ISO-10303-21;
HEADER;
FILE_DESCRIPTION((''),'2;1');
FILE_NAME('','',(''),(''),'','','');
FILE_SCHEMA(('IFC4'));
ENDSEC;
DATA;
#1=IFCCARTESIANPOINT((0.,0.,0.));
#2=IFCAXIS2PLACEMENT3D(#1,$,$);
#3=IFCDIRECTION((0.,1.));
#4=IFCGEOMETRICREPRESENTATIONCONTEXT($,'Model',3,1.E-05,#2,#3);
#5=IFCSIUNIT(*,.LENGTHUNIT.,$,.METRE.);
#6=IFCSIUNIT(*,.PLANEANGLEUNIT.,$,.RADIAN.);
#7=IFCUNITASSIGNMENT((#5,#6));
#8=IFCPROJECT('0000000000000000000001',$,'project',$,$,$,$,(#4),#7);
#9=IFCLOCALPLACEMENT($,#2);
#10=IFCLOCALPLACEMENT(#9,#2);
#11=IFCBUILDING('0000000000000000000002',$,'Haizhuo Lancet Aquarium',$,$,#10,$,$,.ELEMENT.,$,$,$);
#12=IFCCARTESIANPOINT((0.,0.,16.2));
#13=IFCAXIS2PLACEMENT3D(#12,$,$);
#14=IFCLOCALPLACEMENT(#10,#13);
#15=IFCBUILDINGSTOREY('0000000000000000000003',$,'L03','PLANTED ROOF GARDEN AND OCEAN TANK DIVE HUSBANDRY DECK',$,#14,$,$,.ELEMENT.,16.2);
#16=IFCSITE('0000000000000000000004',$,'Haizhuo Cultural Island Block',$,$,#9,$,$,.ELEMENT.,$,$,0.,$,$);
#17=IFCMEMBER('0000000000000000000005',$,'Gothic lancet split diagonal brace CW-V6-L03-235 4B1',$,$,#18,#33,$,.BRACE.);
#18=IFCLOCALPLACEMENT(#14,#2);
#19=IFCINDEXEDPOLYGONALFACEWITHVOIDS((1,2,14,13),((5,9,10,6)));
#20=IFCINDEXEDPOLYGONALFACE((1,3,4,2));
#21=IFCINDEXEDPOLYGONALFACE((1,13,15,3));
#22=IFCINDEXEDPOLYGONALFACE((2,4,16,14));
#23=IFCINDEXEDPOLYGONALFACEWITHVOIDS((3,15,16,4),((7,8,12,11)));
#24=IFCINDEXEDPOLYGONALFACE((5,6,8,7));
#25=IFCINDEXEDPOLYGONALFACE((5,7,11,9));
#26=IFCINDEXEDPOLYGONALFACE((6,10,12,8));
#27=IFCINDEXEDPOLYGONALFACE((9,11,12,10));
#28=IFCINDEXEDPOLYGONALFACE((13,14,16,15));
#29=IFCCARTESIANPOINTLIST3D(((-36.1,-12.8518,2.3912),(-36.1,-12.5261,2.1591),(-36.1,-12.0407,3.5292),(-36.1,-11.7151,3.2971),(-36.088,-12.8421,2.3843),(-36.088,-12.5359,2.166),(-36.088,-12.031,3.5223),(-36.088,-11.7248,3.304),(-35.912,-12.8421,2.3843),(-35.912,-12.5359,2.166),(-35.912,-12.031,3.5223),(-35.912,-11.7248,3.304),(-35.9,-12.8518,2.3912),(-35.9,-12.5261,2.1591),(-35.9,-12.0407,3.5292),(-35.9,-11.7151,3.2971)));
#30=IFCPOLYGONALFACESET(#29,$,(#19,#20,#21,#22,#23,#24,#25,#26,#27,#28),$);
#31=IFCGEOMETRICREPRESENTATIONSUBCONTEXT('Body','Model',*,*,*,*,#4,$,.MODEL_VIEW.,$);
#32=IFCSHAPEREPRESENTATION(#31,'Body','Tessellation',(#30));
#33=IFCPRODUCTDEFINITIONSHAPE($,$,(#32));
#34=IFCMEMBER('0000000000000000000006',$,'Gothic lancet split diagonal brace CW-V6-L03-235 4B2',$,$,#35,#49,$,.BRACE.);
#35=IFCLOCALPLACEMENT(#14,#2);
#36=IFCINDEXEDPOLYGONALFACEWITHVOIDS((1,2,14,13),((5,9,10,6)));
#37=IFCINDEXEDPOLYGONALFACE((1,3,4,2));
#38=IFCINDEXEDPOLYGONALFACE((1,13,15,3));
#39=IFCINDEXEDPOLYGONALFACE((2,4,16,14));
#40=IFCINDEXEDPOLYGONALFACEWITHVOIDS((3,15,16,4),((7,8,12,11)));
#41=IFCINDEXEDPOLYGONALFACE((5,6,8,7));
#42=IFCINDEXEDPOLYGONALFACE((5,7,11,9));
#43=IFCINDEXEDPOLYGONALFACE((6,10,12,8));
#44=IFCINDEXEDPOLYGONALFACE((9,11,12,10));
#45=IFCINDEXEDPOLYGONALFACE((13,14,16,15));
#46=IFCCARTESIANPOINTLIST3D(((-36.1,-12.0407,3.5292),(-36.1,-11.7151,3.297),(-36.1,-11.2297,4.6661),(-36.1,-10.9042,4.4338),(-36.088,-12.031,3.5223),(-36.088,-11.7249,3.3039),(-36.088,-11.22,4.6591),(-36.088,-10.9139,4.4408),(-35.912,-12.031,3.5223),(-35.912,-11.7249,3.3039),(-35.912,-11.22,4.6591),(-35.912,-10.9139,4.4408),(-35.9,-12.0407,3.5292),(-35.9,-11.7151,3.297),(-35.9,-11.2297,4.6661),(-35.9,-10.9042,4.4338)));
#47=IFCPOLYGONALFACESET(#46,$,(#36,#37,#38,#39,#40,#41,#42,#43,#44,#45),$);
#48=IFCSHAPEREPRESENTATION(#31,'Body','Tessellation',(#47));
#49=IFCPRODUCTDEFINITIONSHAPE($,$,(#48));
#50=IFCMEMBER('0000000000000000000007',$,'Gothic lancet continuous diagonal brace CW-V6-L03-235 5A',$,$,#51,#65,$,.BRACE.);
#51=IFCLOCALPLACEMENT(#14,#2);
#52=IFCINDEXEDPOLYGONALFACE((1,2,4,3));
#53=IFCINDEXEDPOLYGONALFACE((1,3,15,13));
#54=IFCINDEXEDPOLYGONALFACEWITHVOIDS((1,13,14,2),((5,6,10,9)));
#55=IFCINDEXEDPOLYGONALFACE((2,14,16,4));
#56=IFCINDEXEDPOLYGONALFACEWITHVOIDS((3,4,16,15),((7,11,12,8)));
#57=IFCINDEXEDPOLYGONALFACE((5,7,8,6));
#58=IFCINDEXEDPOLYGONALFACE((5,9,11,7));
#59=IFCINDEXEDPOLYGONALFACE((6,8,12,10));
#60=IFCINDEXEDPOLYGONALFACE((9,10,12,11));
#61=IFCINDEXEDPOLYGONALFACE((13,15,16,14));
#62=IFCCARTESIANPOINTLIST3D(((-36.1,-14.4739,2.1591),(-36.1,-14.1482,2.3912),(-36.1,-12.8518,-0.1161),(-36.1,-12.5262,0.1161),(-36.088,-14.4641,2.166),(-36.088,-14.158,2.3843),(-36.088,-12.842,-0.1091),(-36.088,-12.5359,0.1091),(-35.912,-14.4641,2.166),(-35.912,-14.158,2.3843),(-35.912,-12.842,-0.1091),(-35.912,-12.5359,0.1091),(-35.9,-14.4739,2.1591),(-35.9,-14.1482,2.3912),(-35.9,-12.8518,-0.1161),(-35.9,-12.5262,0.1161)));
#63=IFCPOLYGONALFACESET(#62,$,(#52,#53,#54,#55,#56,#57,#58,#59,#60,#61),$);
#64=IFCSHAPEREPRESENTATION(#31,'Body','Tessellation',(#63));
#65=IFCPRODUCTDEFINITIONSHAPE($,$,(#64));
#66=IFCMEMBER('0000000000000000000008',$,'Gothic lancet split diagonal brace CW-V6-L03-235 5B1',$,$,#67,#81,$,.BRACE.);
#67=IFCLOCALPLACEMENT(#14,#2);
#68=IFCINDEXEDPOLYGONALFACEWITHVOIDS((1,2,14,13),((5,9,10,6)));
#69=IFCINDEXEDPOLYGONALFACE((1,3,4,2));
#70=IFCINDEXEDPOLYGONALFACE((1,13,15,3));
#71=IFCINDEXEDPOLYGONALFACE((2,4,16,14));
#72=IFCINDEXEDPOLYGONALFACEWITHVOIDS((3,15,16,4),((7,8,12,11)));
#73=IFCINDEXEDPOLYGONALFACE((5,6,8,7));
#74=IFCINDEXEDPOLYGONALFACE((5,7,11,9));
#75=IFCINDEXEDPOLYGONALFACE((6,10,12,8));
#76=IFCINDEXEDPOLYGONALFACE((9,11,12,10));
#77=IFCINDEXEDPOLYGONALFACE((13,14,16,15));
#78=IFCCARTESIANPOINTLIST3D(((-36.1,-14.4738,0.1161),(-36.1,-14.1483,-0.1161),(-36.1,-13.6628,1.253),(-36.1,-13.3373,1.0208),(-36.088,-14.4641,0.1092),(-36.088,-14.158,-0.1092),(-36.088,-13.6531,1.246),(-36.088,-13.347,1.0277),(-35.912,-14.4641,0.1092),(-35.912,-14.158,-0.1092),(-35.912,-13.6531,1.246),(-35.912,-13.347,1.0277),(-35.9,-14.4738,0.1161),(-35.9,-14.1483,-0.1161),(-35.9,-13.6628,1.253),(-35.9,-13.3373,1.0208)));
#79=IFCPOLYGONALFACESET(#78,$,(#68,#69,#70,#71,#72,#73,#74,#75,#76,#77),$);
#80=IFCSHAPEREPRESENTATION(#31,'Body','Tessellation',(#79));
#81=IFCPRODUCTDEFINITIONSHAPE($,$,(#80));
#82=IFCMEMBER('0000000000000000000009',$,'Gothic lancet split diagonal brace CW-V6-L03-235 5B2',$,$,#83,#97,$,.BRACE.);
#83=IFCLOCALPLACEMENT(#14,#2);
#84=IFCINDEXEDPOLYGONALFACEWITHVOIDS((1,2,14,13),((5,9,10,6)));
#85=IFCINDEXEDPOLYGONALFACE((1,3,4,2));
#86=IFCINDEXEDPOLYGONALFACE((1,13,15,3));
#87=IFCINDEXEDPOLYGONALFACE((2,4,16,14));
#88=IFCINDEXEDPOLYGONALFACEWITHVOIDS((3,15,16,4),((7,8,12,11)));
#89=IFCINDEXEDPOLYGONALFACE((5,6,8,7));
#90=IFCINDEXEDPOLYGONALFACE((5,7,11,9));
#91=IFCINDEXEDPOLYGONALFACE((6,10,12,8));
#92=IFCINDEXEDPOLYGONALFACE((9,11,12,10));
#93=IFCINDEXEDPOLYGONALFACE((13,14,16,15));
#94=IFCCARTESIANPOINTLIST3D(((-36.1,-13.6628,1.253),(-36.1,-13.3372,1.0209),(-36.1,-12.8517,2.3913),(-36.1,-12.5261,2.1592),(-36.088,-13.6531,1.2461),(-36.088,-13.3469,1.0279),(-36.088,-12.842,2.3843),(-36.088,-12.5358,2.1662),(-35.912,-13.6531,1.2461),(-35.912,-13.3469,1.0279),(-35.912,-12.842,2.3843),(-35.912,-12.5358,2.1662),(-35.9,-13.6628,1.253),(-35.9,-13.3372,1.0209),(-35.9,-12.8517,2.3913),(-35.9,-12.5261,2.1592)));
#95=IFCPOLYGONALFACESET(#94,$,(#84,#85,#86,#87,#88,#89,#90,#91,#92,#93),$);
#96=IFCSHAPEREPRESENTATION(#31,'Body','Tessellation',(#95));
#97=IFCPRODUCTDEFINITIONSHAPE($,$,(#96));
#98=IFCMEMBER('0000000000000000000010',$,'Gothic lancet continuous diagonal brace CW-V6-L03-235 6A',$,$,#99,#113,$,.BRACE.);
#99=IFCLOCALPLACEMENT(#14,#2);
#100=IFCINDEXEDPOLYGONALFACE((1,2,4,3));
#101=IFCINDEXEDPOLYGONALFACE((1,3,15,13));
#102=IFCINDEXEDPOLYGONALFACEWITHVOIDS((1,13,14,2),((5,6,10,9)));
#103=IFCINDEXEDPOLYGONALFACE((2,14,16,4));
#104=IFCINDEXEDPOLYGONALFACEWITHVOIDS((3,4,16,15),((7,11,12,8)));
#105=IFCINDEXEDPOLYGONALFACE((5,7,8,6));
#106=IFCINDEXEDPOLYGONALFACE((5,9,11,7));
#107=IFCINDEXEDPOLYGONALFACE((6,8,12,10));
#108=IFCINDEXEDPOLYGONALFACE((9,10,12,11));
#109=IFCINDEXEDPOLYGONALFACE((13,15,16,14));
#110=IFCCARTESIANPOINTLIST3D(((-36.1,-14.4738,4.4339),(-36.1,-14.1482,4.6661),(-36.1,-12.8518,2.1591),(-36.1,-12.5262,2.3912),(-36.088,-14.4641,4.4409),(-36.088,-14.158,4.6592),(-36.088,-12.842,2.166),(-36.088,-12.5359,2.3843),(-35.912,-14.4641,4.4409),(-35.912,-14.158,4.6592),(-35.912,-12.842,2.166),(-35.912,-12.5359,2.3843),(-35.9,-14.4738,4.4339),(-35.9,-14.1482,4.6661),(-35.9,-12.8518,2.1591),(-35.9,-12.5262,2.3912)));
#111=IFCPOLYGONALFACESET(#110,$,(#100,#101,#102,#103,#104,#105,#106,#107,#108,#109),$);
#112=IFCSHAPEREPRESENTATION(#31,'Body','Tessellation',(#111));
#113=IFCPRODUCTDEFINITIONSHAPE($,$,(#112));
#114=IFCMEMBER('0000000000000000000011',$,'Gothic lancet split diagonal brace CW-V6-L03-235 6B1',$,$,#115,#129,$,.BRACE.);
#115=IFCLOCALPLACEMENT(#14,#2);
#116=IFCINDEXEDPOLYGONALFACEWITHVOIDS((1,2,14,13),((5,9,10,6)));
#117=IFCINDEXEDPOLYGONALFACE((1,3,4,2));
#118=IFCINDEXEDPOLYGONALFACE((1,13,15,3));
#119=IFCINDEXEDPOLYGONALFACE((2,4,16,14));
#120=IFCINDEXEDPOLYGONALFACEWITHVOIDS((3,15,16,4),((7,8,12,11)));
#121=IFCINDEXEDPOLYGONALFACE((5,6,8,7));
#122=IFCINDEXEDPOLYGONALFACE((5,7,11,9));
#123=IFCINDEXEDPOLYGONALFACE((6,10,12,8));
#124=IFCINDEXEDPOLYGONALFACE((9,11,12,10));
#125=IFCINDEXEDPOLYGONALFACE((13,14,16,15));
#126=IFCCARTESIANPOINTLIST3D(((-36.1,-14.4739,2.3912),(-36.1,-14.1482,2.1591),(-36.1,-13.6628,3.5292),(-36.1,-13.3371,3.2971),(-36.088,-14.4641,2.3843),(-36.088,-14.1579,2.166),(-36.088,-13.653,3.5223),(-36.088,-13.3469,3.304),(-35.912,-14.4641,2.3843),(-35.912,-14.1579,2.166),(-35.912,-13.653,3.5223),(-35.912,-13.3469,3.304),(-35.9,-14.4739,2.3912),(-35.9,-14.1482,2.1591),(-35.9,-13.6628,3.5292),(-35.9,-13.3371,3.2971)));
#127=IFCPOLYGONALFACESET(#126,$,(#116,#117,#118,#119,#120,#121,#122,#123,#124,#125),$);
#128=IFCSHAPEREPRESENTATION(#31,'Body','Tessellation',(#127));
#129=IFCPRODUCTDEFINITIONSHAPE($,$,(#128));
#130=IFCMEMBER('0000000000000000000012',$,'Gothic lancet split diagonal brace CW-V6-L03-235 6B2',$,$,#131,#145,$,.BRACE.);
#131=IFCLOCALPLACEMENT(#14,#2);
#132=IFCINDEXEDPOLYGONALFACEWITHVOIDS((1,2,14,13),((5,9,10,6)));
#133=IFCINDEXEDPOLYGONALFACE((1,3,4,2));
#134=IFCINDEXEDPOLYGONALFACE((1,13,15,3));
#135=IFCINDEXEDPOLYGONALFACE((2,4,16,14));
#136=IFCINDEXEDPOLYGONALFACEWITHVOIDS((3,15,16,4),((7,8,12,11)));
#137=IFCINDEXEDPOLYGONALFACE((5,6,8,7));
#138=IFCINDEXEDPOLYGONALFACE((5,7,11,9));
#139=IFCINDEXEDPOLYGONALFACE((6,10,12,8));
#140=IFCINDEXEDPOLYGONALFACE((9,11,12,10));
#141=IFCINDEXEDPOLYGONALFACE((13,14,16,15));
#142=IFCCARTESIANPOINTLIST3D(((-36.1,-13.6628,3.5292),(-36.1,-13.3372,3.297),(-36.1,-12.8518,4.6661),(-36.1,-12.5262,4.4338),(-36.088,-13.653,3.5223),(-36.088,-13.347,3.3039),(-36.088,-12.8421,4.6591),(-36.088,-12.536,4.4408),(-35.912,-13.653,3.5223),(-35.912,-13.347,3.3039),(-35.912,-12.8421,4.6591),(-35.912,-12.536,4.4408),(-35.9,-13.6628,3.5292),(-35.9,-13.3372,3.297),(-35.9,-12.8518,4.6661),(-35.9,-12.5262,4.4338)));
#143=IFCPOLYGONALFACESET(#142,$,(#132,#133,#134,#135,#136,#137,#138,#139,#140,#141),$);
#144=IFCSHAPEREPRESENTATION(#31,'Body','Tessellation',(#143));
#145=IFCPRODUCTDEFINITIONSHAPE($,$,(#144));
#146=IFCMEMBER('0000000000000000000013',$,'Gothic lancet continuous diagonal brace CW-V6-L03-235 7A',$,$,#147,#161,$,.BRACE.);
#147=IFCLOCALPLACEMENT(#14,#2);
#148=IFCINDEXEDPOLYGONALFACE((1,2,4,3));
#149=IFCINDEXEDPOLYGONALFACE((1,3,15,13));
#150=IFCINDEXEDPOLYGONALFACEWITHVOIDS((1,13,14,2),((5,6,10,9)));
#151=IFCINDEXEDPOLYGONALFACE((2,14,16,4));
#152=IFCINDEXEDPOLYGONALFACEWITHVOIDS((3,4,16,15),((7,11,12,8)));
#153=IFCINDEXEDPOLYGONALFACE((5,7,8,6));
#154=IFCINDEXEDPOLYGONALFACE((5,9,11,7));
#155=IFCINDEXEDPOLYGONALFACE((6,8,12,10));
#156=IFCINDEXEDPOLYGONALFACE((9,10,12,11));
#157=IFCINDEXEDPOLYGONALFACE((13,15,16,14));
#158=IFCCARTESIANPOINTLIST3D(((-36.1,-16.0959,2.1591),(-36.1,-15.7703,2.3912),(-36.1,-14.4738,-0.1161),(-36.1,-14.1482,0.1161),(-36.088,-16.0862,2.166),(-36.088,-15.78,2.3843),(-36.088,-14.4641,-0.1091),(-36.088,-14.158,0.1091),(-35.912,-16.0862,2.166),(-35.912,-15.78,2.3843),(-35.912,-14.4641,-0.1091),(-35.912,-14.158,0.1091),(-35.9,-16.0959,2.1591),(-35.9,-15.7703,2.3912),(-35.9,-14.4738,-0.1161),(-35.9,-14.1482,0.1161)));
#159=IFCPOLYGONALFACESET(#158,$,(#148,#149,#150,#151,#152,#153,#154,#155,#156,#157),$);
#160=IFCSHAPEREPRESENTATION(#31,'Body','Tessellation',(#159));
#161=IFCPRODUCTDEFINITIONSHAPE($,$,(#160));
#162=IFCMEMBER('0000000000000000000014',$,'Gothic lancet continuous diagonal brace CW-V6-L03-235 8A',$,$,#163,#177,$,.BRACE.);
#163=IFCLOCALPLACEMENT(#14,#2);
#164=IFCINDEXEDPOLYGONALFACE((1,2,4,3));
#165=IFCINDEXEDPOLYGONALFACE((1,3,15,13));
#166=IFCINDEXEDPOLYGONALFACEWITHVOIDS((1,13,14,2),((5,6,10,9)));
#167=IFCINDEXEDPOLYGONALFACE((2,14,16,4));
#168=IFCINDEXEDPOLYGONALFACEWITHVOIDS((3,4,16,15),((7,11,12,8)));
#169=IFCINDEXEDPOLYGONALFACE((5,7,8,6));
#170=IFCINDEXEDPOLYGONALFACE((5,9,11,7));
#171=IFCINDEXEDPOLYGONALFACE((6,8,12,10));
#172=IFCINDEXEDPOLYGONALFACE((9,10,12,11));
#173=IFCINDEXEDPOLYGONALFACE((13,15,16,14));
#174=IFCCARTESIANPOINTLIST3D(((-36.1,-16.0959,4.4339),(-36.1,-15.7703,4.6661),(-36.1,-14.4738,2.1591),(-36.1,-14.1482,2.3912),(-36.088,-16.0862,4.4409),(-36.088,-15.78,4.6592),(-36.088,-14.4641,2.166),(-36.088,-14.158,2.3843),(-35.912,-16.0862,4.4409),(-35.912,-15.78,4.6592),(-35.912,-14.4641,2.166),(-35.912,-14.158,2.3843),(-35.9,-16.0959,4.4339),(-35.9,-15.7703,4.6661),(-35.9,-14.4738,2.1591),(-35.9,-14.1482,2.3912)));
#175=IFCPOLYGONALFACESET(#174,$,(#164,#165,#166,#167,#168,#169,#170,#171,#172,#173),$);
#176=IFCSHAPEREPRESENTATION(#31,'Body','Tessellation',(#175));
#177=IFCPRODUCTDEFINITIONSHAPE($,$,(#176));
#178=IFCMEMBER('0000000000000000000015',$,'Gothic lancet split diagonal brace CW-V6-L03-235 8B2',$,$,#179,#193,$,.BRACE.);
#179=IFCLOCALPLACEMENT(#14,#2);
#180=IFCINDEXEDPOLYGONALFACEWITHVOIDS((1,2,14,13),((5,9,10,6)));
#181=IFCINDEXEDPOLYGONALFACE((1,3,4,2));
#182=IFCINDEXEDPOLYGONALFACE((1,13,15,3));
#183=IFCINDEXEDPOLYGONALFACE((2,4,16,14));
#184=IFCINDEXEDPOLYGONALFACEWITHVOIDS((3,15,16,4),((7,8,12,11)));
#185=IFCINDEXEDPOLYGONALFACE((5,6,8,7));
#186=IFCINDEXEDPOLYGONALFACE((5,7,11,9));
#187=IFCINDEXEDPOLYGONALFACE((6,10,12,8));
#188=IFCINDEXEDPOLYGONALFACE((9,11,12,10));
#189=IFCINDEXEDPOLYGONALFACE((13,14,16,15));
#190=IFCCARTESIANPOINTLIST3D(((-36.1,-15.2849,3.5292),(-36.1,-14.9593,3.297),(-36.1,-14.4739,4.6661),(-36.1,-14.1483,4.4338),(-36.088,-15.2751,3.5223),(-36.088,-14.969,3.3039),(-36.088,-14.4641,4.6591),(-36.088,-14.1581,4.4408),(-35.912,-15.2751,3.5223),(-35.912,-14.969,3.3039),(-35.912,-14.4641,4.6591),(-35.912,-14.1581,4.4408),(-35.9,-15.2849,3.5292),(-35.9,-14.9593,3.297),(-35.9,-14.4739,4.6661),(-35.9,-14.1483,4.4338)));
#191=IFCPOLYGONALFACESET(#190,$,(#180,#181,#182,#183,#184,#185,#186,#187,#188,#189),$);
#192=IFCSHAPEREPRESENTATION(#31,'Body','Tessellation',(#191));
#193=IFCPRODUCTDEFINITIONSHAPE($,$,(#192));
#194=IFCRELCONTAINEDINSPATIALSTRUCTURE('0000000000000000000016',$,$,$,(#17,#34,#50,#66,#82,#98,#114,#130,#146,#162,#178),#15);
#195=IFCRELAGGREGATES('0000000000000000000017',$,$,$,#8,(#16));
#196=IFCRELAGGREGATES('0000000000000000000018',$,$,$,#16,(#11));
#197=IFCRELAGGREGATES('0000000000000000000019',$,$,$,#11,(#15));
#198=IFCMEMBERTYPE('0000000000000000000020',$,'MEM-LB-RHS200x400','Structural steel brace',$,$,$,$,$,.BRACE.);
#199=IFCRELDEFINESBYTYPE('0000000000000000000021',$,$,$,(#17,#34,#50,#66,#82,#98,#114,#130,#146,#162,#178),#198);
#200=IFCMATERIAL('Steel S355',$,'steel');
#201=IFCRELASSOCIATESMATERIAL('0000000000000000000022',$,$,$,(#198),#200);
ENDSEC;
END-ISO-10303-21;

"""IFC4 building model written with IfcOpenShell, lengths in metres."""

from ifc_helpers import new_model, si_unit, direction, frame, origin, origin_2d, place, context, subcontext, project, spatial, hollow_rectangle, extrude, material, material_profile, profile_set, type_object, element, save


model = new_model("IFC4")

# Units and contexts
model_context = context("Model", 3, precision=1e-05, world=origin(), true_north=direction((0.0, 1.0)))
body_context = subcontext(model_context, "Body", "Model", "MODEL_VIEW")
ifc_project = project(units=[si_unit("LENGTHUNIT", "METRE"), si_unit("PLANEANGLEUNIT", "RADIAN")], contexts=[model_context])

# Site, building, storey
site_placement = place(None, origin())
site = spatial("IfcSite", under=ifc_project, at=site_placement, Name="Haizhuo Cultural Island Block", CompositionType="ELEMENT", RefElevation=0.0)
building_placement = place(site_placement, origin())
building = spatial("IfcBuilding", under=site, at=building_placement, Name="Haizhuo Lancet Aquarium", CompositionType="ELEMENT")
storey_placement = place(building_placement, frame((0.0, 0.0, 16.2)))
storey = spatial("IfcBuildingStorey", under=building, at=storey_placement, Name="L03", Description="PLANTED ROOF GARDEN AND OCEAN TANK DIVE HUSBANDRY DECK", CompositionType="ELEMENT", Elevation=16.2)

# Members
ifc_material_1 = material(Name="Steel S355", Category="steel")
ifc_material_profile_1 = material_profile(ifc_material_1, hollow_rectangle(XDim=0.2, YDim=0.3999, WallThickness=0.012, at=origin_2d()), Name="RHS 200x400x12")
ifc_profile_set_1 = profile_set([ifc_material_profile_1], Name="Steel S355")
member_type_1 = type_object("IfcMemberType", Name="MEM-LB-RHS200x400", Description="Structural steel brace", PredefinedType="BRACE", material=ifc_profile_set_1)
member_1_placement = place(storey_placement, frame((-36.0, -12.689, 2.2751), z_axis=(0.0, 0.580395, 0.814335), x_axis=(-1.0, 0.0, 0.0)))
element("IfcMember", 1, at=member_1_placement, inside=storey, type_object=member_type_1, Name="Gothic lancet split diagonal brace CW-V6-L03-235 4B1", PredefinedType="BRACE", context=body_context, shape_type="SweptSolid", body=[
    extrude(hollow_rectangle(XDim=0.2, YDim=0.3999, WallThickness=0.012, at=origin_2d()), origin(), (0.0, 0.0, 1.0), 1.3975),
])
member_2_placement = place(storey_placement, frame((-36.0, -11.8779, 3.4131), z_axis=(0.0, 0.580725, 0.814099), x_axis=(-1.0, 0.0, 0.0)))
element("IfcMember", 2, at=member_2_placement, inside=storey, type_object=member_type_1, Name="Gothic lancet split diagonal brace CW-V6-L03-235 4B2", PredefinedType="BRACE", context=body_context, shape_type="SweptSolid", body=[
    extrude(hollow_rectangle(XDim=0.2, YDim=0.3999, WallThickness=0.012, at=origin_2d()), origin(), (0.0, 0.0, 1.0), 1.3965),
])
member_3_placement = place(storey_placement, frame((-36.0, -12.689, 0.0), z_axis=(0.0, -0.580519, 0.814247), x_axis=(1.0, 0.0, 0.0)))
element("IfcMember", 3, at=member_3_placement, inside=storey, type_object=member_type_1, Name="Gothic lancet continuous diagonal brace CW-V6-L03-235 5A", PredefinedType="BRACE", context=body_context, shape_type="SweptSolid", body=[
    extrude(hollow_rectangle(XDim=0.2, YDim=0.3999, WallThickness=0.012, at=origin_2d()), origin(), (0.0, 0.0, 1.0), 2.7942),
])
member_4_placement = place(storey_placement, frame((-36.0, -14.311, 0.0), z_axis=(0.0, 0.580725, 0.814099), x_axis=(-1.0, 0.0, 0.0)))
element("IfcMember", 4, at=member_4_placement, inside=storey, type_object=member_type_1, Name="Gothic lancet split diagonal brace CW-V6-L03-235 5B1", PredefinedType="BRACE", context=body_context, shape_type="SweptSolid", body=[
    extrude(hollow_rectangle(XDim=0.2, YDim=0.3999, WallThickness=0.012, at=origin_2d()), origin(), (0.0, 0.0, 1.0), 1.3965),
])
member_5_placement = place(storey_placement, frame((-36.0, -13.5, 1.137), z_axis=(0.0, 0.580312, 0.814394), x_axis=(-1.0, 0.0, 0.0)))
element("IfcMember", 5, at=member_5_placement, inside=storey, type_object=member_type_1, Name="Gothic lancet split diagonal brace CW-V6-L03-235 5B2", PredefinedType="BRACE", context=body_context, shape_type="SweptSolid", body=[
    extrude(hollow_rectangle(XDim=0.2, YDim=0.3999, WallThickness=0.012, at=origin_2d()), origin(), (0.0, 0.0, 1.0), 1.3977),
])
member_6_placement = place(storey_placement, frame((-36.0, -12.689, 2.2751), z_axis=(0.0, -0.58056, 0.814217), x_axis=(1.0, 0.0, 0.0)))
element("IfcMember", 6, at=member_6_placement, inside=storey, type_object=member_type_1, Name="Gothic lancet continuous diagonal brace CW-V6-L03-235 6A", PredefinedType="BRACE", context=body_context, shape_type="SweptSolid", body=[
    extrude(hollow_rectangle(XDim=0.2, YDim=0.3999, WallThickness=0.012, at=origin_2d()), origin(), (0.0, 0.0, 1.0), 2.7939),
])
member_7_placement = place(storey_placement, frame((-36.0, -14.311, 2.2751), z_axis=(0.0, 0.580395, 0.814335), x_axis=(-1.0, 0.0, 0.0)))
element("IfcMember", 7, at=member_7_placement, inside=storey, type_object=member_type_1, Name="Gothic lancet split diagonal brace CW-V6-L03-235 6B1", PredefinedType="BRACE", context=body_context, shape_type="SweptSolid", body=[
    extrude(hollow_rectangle(XDim=0.2, YDim=0.3999, WallThickness=0.012, at=origin_2d()), origin(), (0.0, 0.0, 1.0), 1.3975),
])
member_8_placement = place(storey_placement, frame((-36.0, -13.5, 3.4131), z_axis=(0.0, 0.580725, 0.814099), x_axis=(-1.0, 0.0, 0.0)))
element("IfcMember", 8, at=member_8_placement, inside=storey, type_object=member_type_1, Name="Gothic lancet split diagonal brace CW-V6-L03-235 6B2", PredefinedType="BRACE", context=body_context, shape_type="SweptSolid", body=[
    extrude(hollow_rectangle(XDim=0.2, YDim=0.3999, WallThickness=0.012, at=origin_2d()), origin(), (0.0, 0.0, 1.0), 1.3965),
])
member_9_placement = place(storey_placement, frame((-36.0, -14.311, 0.0), z_axis=(0.0, -0.580519, 0.814247), x_axis=(1.0, 0.0, 0.0)))
element("IfcMember", 9, at=member_9_placement, inside=storey, type_object=member_type_1, Name="Gothic lancet continuous diagonal brace CW-V6-L03-235 7A", PredefinedType="BRACE", context=body_context, shape_type="SweptSolid", body=[
    extrude(hollow_rectangle(XDim=0.2, YDim=0.3999, WallThickness=0.012, at=origin_2d()), origin(), (0.0, 0.0, 1.0), 2.7942),
])
member_10_placement = place(storey_placement, frame((-36.0, -14.311, 2.2751), z_axis=(0.0, -0.58056, 0.814217), x_axis=(1.0, 0.0, 0.0)))
element("IfcMember", 10, at=member_10_placement, inside=storey, type_object=member_type_1, Name="Gothic lancet continuous diagonal brace CW-V6-L03-235 8A", PredefinedType="BRACE", context=body_context, shape_type="SweptSolid", body=[
    extrude(hollow_rectangle(XDim=0.2, YDim=0.3999, WallThickness=0.012, at=origin_2d()), origin(), (0.0, 0.0, 1.0), 2.7939),
])
member_11_placement = place(storey_placement, frame((-36.0, -15.1221, 3.4131), z_axis=(0.0, 0.580725, 0.814099), x_axis=(-1.0, 0.0, 0.0)))
element("IfcMember", 11, at=member_11_placement, inside=storey, type_object=member_type_1, Name="Gothic lancet split diagonal brace CW-V6-L03-235 8B2", PredefinedType="BRACE", context=body_context, shape_type="SweptSolid", body=[
    extrude(hollow_rectangle(XDim=0.2, YDim=0.3999, WallThickness=0.012, at=origin_2d()), origin(), (0.0, 0.0, 1.0), 1.3965),
])

save(model, "model.ifc")
